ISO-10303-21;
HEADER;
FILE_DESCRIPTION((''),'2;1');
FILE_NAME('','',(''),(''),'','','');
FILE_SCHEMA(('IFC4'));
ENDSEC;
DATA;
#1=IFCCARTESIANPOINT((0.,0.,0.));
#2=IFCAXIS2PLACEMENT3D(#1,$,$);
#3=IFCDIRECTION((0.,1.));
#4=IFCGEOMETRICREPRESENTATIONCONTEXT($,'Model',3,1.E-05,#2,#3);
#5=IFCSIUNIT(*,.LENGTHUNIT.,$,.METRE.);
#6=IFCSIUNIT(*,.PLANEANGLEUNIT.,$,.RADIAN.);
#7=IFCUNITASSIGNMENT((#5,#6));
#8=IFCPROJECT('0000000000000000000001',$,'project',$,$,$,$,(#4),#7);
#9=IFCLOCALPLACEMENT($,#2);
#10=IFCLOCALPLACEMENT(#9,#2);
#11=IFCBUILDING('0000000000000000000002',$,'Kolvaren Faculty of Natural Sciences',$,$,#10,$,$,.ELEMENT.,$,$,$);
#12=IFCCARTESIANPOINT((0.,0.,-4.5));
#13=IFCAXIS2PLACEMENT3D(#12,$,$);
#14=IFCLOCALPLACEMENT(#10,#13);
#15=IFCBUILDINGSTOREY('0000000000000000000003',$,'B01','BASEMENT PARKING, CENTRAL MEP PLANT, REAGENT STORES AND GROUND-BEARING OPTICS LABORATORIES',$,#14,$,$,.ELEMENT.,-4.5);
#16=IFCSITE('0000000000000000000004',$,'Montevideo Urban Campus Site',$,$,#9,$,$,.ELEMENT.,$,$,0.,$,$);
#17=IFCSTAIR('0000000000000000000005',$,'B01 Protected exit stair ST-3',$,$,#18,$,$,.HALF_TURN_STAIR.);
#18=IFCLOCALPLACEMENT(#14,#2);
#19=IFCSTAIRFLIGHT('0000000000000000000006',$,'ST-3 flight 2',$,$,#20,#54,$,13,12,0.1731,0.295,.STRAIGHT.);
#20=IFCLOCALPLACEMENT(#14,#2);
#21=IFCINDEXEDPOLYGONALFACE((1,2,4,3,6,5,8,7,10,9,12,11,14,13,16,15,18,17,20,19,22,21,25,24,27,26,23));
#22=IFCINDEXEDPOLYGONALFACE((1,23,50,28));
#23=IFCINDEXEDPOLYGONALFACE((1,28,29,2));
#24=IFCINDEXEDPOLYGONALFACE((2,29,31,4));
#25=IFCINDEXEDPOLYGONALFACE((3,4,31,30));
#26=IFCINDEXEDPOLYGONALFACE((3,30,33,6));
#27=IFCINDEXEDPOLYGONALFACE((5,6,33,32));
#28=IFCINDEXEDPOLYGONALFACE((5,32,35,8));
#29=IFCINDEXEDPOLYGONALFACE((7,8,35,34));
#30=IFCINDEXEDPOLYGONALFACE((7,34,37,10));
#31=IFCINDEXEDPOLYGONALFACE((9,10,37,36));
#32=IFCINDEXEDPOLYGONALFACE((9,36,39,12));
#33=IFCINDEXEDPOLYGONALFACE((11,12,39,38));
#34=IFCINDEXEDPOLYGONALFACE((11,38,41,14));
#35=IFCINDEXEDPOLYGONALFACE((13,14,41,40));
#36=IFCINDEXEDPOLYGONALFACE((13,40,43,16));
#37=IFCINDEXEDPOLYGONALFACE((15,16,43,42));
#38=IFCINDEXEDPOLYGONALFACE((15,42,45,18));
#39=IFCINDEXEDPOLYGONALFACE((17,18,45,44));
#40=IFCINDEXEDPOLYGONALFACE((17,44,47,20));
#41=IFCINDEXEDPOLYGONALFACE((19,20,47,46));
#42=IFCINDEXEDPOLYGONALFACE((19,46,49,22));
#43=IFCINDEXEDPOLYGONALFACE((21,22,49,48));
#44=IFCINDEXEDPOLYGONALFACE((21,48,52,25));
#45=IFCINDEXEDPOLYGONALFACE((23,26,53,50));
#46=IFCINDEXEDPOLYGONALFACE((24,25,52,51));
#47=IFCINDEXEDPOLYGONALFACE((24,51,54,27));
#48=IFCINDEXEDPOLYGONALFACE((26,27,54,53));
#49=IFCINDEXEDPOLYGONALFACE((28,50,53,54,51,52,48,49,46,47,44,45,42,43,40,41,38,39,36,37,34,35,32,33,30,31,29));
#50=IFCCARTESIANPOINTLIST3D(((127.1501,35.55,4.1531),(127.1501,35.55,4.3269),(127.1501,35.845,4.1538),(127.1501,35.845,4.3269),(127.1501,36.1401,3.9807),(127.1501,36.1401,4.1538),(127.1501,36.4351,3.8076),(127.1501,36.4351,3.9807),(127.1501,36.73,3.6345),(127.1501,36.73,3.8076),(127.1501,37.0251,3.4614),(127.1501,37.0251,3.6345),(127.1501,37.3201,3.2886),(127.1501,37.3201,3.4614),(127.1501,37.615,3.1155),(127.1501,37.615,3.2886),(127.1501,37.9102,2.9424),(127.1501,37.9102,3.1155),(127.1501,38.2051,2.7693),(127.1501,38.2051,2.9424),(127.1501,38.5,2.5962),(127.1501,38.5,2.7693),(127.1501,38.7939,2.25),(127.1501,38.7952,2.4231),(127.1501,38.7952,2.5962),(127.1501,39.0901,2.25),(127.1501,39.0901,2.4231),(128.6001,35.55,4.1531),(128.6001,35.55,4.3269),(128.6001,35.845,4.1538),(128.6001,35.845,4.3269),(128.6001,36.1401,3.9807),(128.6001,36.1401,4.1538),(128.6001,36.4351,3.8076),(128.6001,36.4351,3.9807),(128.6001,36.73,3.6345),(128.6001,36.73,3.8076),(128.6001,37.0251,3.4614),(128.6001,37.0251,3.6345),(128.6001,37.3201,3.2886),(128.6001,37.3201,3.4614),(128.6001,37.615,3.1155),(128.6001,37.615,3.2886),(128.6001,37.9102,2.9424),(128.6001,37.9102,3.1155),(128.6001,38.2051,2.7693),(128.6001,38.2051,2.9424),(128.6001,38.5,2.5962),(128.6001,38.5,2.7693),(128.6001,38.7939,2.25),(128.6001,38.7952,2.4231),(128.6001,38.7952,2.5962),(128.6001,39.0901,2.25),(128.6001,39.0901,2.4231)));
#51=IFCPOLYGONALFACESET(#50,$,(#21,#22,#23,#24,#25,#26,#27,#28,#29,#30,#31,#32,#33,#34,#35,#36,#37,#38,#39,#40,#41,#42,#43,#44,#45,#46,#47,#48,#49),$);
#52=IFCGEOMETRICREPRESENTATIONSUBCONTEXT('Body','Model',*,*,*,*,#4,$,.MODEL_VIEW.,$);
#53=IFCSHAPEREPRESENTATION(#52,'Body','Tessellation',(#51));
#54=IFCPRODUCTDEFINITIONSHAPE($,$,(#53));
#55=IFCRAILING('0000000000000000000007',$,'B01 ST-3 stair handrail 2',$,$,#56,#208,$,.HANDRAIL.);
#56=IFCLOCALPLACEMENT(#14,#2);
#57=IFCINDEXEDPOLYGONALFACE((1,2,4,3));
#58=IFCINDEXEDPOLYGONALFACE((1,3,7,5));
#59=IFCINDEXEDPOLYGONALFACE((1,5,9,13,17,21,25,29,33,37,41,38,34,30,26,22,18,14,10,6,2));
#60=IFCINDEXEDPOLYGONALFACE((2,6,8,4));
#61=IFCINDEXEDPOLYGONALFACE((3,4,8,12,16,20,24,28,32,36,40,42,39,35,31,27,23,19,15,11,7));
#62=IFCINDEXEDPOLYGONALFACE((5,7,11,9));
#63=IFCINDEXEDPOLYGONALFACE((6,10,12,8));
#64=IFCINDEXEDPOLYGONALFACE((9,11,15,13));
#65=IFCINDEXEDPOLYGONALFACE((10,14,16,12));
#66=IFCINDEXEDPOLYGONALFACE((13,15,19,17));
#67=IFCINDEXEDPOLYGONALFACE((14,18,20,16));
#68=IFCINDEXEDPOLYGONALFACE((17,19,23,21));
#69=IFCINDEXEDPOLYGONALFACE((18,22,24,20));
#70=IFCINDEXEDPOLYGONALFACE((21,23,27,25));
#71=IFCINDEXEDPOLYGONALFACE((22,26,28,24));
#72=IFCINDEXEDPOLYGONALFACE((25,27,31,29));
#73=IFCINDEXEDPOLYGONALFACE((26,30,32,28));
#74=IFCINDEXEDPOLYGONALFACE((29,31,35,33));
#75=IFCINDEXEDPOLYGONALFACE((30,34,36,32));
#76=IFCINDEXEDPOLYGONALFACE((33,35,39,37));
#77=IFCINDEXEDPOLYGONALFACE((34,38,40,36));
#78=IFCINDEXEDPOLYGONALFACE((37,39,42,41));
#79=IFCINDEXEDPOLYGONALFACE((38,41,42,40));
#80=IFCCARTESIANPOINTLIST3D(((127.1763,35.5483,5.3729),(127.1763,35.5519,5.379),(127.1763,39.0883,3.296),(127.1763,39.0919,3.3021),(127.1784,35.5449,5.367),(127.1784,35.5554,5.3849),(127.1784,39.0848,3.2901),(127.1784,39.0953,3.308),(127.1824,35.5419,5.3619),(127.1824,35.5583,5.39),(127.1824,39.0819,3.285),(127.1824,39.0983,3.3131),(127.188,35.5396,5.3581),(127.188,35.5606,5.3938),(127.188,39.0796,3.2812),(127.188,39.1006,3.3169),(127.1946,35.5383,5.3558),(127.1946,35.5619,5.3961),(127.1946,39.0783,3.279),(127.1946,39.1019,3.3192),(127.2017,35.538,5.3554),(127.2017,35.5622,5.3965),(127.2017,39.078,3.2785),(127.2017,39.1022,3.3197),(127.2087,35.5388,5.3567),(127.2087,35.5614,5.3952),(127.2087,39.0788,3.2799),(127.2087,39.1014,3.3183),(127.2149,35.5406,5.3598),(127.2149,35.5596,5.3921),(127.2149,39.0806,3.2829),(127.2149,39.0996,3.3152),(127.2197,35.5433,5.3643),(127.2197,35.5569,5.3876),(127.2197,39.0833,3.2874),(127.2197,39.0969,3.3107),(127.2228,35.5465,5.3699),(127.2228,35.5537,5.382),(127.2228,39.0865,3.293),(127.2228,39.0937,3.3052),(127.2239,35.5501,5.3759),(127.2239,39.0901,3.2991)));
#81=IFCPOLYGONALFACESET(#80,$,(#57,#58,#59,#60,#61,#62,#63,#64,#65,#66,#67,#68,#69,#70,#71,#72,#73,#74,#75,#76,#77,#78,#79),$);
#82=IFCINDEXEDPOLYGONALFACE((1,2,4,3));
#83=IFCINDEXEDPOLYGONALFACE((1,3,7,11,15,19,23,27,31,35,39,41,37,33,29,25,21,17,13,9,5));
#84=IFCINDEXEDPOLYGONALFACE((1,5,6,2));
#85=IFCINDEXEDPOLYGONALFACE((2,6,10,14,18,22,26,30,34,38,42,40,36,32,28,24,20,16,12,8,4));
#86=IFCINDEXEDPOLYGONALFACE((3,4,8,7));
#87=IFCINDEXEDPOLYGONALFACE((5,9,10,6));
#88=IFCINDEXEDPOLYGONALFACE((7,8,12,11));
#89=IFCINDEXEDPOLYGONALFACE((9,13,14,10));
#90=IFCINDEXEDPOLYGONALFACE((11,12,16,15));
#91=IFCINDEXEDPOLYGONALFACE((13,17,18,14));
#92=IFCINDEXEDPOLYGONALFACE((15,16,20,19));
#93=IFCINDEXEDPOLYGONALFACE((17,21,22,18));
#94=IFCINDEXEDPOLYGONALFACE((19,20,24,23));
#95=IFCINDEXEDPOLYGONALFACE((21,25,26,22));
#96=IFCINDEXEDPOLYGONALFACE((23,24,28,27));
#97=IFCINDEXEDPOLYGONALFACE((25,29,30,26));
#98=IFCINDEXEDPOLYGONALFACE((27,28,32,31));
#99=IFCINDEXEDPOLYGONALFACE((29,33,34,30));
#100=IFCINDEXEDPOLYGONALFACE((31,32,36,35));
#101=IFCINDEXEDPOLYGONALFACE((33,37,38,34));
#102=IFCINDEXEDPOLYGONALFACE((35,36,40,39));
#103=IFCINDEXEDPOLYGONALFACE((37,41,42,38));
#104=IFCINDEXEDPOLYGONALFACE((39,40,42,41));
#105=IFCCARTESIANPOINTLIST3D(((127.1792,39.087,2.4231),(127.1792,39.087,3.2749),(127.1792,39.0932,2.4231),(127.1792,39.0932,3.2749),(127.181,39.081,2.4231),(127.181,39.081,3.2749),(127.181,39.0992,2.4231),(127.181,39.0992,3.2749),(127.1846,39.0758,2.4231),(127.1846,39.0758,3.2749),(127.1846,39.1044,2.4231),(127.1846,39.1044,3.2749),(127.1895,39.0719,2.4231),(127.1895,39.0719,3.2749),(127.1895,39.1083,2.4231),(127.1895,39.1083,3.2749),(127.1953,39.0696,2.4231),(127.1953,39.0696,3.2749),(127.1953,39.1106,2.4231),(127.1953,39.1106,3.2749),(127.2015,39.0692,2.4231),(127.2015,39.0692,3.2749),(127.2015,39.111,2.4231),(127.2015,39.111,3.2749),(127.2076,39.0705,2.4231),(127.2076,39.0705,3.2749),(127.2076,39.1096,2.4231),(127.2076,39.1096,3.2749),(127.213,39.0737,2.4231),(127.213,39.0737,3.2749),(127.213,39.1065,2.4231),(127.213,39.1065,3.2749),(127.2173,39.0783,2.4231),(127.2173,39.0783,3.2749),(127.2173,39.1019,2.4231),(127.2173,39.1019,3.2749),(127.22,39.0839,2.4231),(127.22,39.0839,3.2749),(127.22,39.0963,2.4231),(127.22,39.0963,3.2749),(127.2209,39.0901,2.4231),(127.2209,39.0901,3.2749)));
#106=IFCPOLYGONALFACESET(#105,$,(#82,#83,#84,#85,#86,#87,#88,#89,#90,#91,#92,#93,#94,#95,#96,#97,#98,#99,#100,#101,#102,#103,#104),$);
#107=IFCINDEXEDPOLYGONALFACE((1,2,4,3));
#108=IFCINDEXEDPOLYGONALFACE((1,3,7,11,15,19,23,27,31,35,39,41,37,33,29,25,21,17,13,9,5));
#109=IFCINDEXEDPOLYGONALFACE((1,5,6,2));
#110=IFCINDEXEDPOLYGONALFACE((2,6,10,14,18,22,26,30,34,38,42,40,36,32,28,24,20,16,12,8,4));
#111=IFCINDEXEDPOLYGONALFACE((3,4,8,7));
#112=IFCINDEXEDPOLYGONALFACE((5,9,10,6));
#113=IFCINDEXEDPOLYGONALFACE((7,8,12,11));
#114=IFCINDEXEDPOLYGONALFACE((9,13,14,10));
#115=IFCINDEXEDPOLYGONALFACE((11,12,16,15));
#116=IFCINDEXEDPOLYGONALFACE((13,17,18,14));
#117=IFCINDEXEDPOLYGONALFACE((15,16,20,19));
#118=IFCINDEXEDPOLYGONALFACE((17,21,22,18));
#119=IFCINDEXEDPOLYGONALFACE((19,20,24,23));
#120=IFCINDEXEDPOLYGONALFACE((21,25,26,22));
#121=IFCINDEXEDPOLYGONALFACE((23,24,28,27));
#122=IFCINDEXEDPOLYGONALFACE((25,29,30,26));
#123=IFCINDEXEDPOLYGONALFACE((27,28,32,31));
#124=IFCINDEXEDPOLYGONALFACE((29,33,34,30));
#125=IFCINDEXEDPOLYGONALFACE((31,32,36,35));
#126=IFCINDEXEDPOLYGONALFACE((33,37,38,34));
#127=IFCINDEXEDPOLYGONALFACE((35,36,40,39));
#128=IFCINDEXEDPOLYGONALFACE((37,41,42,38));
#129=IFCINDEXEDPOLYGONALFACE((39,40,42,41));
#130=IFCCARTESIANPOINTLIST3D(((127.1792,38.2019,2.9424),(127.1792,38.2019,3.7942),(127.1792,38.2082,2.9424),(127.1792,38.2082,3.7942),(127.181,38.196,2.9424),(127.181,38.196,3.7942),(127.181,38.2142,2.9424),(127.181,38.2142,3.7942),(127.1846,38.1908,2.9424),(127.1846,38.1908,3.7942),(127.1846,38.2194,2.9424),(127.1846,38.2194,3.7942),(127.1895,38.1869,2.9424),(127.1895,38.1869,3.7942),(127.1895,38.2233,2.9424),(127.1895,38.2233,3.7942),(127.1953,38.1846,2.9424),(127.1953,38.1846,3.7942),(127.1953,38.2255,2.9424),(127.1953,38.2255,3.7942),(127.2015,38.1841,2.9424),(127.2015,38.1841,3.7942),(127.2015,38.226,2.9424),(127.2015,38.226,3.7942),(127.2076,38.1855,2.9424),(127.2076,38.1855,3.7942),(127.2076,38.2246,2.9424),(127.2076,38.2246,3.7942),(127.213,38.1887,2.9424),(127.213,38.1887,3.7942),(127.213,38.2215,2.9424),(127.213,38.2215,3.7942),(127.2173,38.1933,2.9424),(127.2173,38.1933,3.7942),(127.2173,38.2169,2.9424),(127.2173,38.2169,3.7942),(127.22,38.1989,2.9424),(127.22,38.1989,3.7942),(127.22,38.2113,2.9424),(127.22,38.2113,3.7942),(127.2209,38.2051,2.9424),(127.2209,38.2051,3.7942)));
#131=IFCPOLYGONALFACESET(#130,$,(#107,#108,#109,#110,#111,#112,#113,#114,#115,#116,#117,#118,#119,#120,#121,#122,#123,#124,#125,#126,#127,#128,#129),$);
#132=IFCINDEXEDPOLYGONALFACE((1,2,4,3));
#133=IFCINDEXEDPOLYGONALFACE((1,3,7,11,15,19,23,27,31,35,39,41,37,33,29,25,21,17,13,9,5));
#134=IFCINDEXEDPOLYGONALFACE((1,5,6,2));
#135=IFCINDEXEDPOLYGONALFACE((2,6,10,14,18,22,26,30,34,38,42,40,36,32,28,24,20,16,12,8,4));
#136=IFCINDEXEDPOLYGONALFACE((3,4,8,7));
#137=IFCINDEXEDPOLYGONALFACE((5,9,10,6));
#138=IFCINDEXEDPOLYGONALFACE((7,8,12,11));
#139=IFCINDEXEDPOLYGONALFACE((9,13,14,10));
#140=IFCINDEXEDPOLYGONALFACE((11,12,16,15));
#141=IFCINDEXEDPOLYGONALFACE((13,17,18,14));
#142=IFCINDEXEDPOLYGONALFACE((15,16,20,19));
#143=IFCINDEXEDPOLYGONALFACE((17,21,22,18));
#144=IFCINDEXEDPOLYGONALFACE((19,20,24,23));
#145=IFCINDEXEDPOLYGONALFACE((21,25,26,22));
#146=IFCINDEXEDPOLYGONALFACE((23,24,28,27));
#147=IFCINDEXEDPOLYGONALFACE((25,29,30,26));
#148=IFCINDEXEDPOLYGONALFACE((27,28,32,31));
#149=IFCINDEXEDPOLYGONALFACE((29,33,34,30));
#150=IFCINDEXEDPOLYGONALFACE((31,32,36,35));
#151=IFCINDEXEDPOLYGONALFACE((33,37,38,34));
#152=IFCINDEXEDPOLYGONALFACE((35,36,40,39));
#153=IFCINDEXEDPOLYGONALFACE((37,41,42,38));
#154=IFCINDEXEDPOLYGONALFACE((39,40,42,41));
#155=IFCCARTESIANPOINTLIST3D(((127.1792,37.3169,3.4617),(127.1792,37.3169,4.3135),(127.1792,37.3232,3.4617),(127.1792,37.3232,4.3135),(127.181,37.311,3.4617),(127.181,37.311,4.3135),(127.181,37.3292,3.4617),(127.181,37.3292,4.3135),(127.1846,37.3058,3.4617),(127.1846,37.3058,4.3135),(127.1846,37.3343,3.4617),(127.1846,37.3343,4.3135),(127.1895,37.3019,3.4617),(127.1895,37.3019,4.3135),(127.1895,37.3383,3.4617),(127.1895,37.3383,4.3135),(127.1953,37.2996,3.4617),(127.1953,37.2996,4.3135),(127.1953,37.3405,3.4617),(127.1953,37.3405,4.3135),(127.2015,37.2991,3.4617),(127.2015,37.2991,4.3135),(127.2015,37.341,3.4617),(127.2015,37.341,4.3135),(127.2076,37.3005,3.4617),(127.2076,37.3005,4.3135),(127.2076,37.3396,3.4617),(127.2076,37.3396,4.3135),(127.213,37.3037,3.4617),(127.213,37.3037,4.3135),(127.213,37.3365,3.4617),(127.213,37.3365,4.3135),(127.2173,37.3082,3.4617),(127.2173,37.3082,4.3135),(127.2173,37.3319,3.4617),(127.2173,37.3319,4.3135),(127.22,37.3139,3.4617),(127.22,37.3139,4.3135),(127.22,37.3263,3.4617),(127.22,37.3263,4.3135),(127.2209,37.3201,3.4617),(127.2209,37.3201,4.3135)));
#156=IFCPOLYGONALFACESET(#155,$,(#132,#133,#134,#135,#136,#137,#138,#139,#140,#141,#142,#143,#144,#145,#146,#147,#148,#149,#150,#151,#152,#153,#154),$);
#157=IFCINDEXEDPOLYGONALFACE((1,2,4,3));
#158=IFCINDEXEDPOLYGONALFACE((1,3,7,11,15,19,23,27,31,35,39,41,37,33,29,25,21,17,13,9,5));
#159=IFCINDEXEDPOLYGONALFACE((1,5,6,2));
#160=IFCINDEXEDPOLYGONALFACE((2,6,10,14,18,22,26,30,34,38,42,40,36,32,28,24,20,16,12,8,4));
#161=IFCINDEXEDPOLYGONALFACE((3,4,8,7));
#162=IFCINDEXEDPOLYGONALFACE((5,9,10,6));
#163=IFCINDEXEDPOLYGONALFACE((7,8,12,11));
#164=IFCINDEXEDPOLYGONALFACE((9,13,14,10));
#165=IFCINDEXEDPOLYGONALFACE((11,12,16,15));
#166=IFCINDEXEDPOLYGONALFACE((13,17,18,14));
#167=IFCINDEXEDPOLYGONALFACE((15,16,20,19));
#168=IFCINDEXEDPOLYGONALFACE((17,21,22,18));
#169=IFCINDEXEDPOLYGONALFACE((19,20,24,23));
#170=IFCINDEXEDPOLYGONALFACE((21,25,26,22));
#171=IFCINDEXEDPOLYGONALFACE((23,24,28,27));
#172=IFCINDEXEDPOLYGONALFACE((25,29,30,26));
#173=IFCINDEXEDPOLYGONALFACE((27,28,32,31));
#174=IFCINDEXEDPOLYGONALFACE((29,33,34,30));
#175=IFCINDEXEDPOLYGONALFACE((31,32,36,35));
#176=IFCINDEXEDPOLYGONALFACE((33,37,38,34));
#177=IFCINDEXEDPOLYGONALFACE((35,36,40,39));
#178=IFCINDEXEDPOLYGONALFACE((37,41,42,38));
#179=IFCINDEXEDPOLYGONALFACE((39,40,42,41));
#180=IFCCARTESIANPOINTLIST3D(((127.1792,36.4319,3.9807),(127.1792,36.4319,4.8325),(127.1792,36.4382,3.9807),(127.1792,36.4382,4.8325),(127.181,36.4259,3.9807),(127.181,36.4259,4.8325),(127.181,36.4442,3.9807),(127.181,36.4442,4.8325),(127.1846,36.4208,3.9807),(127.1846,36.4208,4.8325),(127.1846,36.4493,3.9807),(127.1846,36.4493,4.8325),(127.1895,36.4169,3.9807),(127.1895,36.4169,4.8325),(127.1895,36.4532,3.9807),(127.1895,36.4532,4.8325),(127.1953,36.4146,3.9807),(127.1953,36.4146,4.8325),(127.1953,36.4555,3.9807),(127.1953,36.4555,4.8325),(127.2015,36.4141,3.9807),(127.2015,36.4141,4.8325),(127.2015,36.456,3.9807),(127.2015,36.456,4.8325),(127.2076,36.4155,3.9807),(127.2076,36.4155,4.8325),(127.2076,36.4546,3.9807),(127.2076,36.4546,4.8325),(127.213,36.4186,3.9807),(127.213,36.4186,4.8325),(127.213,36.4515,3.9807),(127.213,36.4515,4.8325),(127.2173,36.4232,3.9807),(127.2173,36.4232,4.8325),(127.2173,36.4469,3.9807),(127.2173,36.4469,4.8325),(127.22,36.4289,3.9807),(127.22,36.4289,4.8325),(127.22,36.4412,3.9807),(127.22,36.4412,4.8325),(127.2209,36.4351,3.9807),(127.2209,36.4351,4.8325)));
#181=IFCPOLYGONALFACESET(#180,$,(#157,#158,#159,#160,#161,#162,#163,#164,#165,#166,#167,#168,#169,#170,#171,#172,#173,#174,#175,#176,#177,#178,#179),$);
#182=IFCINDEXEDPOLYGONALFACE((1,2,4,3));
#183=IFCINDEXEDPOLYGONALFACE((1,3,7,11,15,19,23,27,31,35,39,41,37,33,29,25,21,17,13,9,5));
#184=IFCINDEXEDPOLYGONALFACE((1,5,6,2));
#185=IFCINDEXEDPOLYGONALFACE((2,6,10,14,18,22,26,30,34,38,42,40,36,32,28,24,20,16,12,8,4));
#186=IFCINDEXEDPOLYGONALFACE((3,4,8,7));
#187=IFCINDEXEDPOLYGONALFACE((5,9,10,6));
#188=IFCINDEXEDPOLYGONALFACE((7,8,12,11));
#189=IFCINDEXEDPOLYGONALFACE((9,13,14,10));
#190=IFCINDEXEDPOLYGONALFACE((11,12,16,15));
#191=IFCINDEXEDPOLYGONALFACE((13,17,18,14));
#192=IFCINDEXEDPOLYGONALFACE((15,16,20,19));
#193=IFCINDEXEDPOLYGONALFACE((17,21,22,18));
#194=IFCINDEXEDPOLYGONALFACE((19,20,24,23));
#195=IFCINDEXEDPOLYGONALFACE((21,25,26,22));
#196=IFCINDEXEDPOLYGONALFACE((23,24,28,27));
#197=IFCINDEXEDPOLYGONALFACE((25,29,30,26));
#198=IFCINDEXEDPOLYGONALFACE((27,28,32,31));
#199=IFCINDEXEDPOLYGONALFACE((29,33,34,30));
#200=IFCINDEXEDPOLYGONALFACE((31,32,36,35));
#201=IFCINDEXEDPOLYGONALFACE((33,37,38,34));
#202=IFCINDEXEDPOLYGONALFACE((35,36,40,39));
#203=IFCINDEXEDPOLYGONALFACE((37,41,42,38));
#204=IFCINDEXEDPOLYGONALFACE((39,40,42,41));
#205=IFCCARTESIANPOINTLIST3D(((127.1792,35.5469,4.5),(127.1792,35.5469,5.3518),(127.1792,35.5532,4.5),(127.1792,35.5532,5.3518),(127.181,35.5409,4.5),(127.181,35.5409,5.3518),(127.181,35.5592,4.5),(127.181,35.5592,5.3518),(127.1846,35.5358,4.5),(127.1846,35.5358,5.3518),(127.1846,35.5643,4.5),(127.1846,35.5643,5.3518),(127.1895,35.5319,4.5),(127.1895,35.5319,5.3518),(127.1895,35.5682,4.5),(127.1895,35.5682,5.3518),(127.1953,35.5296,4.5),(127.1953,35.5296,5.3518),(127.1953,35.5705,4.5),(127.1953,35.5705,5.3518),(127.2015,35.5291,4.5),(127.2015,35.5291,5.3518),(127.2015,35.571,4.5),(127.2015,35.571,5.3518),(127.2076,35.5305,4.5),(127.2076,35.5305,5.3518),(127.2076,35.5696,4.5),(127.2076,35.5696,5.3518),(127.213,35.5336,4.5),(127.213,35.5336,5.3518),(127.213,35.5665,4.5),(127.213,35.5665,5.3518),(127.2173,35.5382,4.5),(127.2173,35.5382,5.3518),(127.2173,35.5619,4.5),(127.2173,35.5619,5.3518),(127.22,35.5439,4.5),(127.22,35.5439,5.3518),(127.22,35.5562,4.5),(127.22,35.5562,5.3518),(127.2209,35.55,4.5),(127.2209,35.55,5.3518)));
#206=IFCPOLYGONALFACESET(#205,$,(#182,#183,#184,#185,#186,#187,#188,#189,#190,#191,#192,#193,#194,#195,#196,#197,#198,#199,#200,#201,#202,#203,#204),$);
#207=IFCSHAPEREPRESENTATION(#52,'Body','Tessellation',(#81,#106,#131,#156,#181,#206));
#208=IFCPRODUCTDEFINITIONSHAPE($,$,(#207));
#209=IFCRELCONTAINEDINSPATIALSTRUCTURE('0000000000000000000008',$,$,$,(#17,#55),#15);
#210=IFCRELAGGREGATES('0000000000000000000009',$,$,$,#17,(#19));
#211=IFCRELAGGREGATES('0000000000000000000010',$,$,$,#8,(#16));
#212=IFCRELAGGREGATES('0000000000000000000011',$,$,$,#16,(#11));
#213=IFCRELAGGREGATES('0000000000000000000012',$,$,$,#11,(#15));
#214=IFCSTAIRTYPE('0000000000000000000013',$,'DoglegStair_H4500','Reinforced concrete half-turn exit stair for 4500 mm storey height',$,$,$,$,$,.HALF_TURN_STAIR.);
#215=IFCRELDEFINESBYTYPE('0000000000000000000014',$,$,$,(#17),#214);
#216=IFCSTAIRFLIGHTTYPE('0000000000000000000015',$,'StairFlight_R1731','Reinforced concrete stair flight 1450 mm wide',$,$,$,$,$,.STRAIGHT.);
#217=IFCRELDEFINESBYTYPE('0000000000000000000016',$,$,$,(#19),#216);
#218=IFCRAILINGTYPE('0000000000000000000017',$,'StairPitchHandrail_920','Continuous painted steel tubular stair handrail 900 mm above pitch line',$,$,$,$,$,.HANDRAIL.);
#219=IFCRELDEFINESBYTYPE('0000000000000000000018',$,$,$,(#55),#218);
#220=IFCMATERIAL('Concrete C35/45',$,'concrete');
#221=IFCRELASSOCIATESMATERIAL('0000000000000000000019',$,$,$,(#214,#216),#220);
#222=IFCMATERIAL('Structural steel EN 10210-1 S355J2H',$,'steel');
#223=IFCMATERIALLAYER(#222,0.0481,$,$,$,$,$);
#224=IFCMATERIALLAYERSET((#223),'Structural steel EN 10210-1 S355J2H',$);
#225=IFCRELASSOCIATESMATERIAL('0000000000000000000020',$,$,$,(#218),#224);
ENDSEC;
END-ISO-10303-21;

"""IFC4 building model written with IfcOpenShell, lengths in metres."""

from ifc_helpers import new_model, si_unit, direction, frame, origin, origin_2d, place, context, subcontext, project, spatial, polyline, circle, outline, extrude, material, layer, layer_set, type_object, element, aggregate, save


model = new_model("IFC4")

# Units and contexts
model_context = context("Model", 3, precision=1e-05, world=origin(), true_north=direction((0.0, 1.0)))
body_context = subcontext(model_context, "Body", "Model", "MODEL_VIEW")
ifc_project = project(units=[si_unit("LENGTHUNIT", "METRE"), si_unit("PLANEANGLEUNIT", "RADIAN")], contexts=[model_context])

# Site, building, storey
site_placement = place(None, origin())
site = spatial("IfcSite", under=ifc_project, at=site_placement, Name="Montevideo Urban Campus Site", CompositionType="ELEMENT", RefElevation=0.0)
building_placement = place(site_placement, origin())
building = spatial("IfcBuilding", under=site, at=building_placement, Name="Kolvaren Faculty of Natural Sciences", CompositionType="ELEMENT")
storey_placement = place(building_placement, frame((0.0, 0.0, -4.5)))
storey = spatial("IfcBuildingStorey", under=building, at=storey_placement, Name="B01", Description="BASEMENT PARKING, CENTRAL MEP PLANT, REAGENT STORES AND GROUND-BEARING OPTICS LABORATORIES", CompositionType="ELEMENT", Elevation=-4.5)

# Shared definitions
ifc_material_1 = material(Name="Concrete C35/45", Category="concrete")

# Stair, stair flight
stair_type = type_object("IfcStairType", Name="DoglegStair_H4500", Description="Reinforced concrete half-turn exit stair for 4500 mm storey height", PredefinedType="HALF_TURN_STAIR", material=ifc_material_1)
stair_placement = place(storey_placement, origin())
stair = element("IfcStair", 1, at=stair_placement, inside=storey, type_object=stair_type, Name="B01 Protected exit stair ST-3", PredefinedType="HALF_TURN_STAIR")
stair_flight_type = type_object("IfcStairFlightType", Name="StairFlight_R1731", Description="Reinforced concrete stair flight 1450 mm wide", PredefinedType="STRAIGHT", material=ifc_material_1)
stair_flight_placement = place(storey_placement, frame((127.875, 39.0901, 2.25), z_axis=(0.0, 0.0, 1.0), x_axis=(0.0, -1.0, 0.0)))
stair_flight = element("IfcStairFlight", 2, at=stair_flight_placement, type_object=stair_flight_type, Name="ST-3 flight 2", NumberOfRisers=13, NumberOfTreads=12, PredefinedType="STRAIGHT", RiserHeight=0.1731, TreadLength=0.295, context=body_context, shape_type="SweptSolid", body=[
    extrude(outline(polyline([(0.0, 0.0), (0.0, 0.1731), (0.2949, 0.1731), (0.2949, 0.3462), (0.5901, 0.3462), (0.5901, 0.5193), (0.885, 0.5193), (0.885, 0.6924), (1.1799, 0.6924), (1.1799, 0.8655), (1.4751, 0.8655), (1.4751, 1.0386), (1.77, 1.0386), (1.77, 1.2114), (2.0649, 1.2114), (2.0649, 1.3845), (2.3601, 1.3845), (2.3601, 1.5576), (2.655, 1.5576), (2.655, 1.7307), (2.95, 1.7307), (2.95, 1.9038), (3.2451, 1.9038), (3.2451, 2.0769), (3.54, 2.0769), (3.54, 2.25), (3.54, 1.9031), (0.2961, 0.0), (0.0, 0.0)])), frame((0.0, 0.7251, 0.0), z_axis=(0.0, -1.0, 0.0), x_axis=(1.0, 0.0, 0.0)), (0.0, 0.0, 1.0), 1.45),
])
aggregate(stair, [stair_flight])

# Railing
ifc_material_2 = material(Name="Structural steel EN 10210-1 S355J2H", Category="steel")
ifc_layer_1 = layer(ifc_material_2, 0.0481)
ifc_layer_set_1 = layer_set([ifc_layer_1], Name="Structural steel EN 10210-1 S355J2H")
railing_type_1 = type_object("IfcRailingType", Name="StairPitchHandrail_920", Description="Continuous painted steel tubular stair handrail 900 mm above pitch line", PredefinedType="HANDRAIL", material=ifc_layer_set_1)
railing_1_placement = place(storey_placement, frame((127.2, 39.0901, 2.4231)))
element("IfcRailing", 3, at=railing_1_placement, inside=storey, type_object=railing_type_1, Name="B01 ST-3 stair handrail 2", PredefinedType="HANDRAIL", context=body_context, shape_type="SweptSolid", body=[
    extrude(circle(Radius=0.0239, at=origin_2d()), frame((0.0, 0.0, 0.876), z_axis=(0.0, -0.862516, 0.506029), x_axis=(1.0, 0.0, 0.0)), (0.0, 0.0, 1.0), 4.1042),
    extrude(circle(Radius=0.021, at=origin_2d()), origin(), (0.0, 0.0, 1.0), 0.8518),
    extrude(circle(Radius=0.021, at=origin_2d()), frame((0.0, -0.885, 0.5193)), (0.0, 0.0, 1.0), 0.8518),
    extrude(circle(Radius=0.021, at=origin_2d()), frame((0.0, -1.77, 1.0386)), (0.0, 0.0, 1.0), 0.8518),
    extrude(circle(Radius=0.021, at=origin_2d()), frame((0.0, -2.655, 1.5576)), (0.0, 0.0, 1.0), 0.8518),
    extrude(circle(Radius=0.021, at=origin_2d()), frame((0.0, -3.54, 2.0769)), (0.0, 0.0, 1.0), 0.8518),
])

save(model, "model.ifc")
